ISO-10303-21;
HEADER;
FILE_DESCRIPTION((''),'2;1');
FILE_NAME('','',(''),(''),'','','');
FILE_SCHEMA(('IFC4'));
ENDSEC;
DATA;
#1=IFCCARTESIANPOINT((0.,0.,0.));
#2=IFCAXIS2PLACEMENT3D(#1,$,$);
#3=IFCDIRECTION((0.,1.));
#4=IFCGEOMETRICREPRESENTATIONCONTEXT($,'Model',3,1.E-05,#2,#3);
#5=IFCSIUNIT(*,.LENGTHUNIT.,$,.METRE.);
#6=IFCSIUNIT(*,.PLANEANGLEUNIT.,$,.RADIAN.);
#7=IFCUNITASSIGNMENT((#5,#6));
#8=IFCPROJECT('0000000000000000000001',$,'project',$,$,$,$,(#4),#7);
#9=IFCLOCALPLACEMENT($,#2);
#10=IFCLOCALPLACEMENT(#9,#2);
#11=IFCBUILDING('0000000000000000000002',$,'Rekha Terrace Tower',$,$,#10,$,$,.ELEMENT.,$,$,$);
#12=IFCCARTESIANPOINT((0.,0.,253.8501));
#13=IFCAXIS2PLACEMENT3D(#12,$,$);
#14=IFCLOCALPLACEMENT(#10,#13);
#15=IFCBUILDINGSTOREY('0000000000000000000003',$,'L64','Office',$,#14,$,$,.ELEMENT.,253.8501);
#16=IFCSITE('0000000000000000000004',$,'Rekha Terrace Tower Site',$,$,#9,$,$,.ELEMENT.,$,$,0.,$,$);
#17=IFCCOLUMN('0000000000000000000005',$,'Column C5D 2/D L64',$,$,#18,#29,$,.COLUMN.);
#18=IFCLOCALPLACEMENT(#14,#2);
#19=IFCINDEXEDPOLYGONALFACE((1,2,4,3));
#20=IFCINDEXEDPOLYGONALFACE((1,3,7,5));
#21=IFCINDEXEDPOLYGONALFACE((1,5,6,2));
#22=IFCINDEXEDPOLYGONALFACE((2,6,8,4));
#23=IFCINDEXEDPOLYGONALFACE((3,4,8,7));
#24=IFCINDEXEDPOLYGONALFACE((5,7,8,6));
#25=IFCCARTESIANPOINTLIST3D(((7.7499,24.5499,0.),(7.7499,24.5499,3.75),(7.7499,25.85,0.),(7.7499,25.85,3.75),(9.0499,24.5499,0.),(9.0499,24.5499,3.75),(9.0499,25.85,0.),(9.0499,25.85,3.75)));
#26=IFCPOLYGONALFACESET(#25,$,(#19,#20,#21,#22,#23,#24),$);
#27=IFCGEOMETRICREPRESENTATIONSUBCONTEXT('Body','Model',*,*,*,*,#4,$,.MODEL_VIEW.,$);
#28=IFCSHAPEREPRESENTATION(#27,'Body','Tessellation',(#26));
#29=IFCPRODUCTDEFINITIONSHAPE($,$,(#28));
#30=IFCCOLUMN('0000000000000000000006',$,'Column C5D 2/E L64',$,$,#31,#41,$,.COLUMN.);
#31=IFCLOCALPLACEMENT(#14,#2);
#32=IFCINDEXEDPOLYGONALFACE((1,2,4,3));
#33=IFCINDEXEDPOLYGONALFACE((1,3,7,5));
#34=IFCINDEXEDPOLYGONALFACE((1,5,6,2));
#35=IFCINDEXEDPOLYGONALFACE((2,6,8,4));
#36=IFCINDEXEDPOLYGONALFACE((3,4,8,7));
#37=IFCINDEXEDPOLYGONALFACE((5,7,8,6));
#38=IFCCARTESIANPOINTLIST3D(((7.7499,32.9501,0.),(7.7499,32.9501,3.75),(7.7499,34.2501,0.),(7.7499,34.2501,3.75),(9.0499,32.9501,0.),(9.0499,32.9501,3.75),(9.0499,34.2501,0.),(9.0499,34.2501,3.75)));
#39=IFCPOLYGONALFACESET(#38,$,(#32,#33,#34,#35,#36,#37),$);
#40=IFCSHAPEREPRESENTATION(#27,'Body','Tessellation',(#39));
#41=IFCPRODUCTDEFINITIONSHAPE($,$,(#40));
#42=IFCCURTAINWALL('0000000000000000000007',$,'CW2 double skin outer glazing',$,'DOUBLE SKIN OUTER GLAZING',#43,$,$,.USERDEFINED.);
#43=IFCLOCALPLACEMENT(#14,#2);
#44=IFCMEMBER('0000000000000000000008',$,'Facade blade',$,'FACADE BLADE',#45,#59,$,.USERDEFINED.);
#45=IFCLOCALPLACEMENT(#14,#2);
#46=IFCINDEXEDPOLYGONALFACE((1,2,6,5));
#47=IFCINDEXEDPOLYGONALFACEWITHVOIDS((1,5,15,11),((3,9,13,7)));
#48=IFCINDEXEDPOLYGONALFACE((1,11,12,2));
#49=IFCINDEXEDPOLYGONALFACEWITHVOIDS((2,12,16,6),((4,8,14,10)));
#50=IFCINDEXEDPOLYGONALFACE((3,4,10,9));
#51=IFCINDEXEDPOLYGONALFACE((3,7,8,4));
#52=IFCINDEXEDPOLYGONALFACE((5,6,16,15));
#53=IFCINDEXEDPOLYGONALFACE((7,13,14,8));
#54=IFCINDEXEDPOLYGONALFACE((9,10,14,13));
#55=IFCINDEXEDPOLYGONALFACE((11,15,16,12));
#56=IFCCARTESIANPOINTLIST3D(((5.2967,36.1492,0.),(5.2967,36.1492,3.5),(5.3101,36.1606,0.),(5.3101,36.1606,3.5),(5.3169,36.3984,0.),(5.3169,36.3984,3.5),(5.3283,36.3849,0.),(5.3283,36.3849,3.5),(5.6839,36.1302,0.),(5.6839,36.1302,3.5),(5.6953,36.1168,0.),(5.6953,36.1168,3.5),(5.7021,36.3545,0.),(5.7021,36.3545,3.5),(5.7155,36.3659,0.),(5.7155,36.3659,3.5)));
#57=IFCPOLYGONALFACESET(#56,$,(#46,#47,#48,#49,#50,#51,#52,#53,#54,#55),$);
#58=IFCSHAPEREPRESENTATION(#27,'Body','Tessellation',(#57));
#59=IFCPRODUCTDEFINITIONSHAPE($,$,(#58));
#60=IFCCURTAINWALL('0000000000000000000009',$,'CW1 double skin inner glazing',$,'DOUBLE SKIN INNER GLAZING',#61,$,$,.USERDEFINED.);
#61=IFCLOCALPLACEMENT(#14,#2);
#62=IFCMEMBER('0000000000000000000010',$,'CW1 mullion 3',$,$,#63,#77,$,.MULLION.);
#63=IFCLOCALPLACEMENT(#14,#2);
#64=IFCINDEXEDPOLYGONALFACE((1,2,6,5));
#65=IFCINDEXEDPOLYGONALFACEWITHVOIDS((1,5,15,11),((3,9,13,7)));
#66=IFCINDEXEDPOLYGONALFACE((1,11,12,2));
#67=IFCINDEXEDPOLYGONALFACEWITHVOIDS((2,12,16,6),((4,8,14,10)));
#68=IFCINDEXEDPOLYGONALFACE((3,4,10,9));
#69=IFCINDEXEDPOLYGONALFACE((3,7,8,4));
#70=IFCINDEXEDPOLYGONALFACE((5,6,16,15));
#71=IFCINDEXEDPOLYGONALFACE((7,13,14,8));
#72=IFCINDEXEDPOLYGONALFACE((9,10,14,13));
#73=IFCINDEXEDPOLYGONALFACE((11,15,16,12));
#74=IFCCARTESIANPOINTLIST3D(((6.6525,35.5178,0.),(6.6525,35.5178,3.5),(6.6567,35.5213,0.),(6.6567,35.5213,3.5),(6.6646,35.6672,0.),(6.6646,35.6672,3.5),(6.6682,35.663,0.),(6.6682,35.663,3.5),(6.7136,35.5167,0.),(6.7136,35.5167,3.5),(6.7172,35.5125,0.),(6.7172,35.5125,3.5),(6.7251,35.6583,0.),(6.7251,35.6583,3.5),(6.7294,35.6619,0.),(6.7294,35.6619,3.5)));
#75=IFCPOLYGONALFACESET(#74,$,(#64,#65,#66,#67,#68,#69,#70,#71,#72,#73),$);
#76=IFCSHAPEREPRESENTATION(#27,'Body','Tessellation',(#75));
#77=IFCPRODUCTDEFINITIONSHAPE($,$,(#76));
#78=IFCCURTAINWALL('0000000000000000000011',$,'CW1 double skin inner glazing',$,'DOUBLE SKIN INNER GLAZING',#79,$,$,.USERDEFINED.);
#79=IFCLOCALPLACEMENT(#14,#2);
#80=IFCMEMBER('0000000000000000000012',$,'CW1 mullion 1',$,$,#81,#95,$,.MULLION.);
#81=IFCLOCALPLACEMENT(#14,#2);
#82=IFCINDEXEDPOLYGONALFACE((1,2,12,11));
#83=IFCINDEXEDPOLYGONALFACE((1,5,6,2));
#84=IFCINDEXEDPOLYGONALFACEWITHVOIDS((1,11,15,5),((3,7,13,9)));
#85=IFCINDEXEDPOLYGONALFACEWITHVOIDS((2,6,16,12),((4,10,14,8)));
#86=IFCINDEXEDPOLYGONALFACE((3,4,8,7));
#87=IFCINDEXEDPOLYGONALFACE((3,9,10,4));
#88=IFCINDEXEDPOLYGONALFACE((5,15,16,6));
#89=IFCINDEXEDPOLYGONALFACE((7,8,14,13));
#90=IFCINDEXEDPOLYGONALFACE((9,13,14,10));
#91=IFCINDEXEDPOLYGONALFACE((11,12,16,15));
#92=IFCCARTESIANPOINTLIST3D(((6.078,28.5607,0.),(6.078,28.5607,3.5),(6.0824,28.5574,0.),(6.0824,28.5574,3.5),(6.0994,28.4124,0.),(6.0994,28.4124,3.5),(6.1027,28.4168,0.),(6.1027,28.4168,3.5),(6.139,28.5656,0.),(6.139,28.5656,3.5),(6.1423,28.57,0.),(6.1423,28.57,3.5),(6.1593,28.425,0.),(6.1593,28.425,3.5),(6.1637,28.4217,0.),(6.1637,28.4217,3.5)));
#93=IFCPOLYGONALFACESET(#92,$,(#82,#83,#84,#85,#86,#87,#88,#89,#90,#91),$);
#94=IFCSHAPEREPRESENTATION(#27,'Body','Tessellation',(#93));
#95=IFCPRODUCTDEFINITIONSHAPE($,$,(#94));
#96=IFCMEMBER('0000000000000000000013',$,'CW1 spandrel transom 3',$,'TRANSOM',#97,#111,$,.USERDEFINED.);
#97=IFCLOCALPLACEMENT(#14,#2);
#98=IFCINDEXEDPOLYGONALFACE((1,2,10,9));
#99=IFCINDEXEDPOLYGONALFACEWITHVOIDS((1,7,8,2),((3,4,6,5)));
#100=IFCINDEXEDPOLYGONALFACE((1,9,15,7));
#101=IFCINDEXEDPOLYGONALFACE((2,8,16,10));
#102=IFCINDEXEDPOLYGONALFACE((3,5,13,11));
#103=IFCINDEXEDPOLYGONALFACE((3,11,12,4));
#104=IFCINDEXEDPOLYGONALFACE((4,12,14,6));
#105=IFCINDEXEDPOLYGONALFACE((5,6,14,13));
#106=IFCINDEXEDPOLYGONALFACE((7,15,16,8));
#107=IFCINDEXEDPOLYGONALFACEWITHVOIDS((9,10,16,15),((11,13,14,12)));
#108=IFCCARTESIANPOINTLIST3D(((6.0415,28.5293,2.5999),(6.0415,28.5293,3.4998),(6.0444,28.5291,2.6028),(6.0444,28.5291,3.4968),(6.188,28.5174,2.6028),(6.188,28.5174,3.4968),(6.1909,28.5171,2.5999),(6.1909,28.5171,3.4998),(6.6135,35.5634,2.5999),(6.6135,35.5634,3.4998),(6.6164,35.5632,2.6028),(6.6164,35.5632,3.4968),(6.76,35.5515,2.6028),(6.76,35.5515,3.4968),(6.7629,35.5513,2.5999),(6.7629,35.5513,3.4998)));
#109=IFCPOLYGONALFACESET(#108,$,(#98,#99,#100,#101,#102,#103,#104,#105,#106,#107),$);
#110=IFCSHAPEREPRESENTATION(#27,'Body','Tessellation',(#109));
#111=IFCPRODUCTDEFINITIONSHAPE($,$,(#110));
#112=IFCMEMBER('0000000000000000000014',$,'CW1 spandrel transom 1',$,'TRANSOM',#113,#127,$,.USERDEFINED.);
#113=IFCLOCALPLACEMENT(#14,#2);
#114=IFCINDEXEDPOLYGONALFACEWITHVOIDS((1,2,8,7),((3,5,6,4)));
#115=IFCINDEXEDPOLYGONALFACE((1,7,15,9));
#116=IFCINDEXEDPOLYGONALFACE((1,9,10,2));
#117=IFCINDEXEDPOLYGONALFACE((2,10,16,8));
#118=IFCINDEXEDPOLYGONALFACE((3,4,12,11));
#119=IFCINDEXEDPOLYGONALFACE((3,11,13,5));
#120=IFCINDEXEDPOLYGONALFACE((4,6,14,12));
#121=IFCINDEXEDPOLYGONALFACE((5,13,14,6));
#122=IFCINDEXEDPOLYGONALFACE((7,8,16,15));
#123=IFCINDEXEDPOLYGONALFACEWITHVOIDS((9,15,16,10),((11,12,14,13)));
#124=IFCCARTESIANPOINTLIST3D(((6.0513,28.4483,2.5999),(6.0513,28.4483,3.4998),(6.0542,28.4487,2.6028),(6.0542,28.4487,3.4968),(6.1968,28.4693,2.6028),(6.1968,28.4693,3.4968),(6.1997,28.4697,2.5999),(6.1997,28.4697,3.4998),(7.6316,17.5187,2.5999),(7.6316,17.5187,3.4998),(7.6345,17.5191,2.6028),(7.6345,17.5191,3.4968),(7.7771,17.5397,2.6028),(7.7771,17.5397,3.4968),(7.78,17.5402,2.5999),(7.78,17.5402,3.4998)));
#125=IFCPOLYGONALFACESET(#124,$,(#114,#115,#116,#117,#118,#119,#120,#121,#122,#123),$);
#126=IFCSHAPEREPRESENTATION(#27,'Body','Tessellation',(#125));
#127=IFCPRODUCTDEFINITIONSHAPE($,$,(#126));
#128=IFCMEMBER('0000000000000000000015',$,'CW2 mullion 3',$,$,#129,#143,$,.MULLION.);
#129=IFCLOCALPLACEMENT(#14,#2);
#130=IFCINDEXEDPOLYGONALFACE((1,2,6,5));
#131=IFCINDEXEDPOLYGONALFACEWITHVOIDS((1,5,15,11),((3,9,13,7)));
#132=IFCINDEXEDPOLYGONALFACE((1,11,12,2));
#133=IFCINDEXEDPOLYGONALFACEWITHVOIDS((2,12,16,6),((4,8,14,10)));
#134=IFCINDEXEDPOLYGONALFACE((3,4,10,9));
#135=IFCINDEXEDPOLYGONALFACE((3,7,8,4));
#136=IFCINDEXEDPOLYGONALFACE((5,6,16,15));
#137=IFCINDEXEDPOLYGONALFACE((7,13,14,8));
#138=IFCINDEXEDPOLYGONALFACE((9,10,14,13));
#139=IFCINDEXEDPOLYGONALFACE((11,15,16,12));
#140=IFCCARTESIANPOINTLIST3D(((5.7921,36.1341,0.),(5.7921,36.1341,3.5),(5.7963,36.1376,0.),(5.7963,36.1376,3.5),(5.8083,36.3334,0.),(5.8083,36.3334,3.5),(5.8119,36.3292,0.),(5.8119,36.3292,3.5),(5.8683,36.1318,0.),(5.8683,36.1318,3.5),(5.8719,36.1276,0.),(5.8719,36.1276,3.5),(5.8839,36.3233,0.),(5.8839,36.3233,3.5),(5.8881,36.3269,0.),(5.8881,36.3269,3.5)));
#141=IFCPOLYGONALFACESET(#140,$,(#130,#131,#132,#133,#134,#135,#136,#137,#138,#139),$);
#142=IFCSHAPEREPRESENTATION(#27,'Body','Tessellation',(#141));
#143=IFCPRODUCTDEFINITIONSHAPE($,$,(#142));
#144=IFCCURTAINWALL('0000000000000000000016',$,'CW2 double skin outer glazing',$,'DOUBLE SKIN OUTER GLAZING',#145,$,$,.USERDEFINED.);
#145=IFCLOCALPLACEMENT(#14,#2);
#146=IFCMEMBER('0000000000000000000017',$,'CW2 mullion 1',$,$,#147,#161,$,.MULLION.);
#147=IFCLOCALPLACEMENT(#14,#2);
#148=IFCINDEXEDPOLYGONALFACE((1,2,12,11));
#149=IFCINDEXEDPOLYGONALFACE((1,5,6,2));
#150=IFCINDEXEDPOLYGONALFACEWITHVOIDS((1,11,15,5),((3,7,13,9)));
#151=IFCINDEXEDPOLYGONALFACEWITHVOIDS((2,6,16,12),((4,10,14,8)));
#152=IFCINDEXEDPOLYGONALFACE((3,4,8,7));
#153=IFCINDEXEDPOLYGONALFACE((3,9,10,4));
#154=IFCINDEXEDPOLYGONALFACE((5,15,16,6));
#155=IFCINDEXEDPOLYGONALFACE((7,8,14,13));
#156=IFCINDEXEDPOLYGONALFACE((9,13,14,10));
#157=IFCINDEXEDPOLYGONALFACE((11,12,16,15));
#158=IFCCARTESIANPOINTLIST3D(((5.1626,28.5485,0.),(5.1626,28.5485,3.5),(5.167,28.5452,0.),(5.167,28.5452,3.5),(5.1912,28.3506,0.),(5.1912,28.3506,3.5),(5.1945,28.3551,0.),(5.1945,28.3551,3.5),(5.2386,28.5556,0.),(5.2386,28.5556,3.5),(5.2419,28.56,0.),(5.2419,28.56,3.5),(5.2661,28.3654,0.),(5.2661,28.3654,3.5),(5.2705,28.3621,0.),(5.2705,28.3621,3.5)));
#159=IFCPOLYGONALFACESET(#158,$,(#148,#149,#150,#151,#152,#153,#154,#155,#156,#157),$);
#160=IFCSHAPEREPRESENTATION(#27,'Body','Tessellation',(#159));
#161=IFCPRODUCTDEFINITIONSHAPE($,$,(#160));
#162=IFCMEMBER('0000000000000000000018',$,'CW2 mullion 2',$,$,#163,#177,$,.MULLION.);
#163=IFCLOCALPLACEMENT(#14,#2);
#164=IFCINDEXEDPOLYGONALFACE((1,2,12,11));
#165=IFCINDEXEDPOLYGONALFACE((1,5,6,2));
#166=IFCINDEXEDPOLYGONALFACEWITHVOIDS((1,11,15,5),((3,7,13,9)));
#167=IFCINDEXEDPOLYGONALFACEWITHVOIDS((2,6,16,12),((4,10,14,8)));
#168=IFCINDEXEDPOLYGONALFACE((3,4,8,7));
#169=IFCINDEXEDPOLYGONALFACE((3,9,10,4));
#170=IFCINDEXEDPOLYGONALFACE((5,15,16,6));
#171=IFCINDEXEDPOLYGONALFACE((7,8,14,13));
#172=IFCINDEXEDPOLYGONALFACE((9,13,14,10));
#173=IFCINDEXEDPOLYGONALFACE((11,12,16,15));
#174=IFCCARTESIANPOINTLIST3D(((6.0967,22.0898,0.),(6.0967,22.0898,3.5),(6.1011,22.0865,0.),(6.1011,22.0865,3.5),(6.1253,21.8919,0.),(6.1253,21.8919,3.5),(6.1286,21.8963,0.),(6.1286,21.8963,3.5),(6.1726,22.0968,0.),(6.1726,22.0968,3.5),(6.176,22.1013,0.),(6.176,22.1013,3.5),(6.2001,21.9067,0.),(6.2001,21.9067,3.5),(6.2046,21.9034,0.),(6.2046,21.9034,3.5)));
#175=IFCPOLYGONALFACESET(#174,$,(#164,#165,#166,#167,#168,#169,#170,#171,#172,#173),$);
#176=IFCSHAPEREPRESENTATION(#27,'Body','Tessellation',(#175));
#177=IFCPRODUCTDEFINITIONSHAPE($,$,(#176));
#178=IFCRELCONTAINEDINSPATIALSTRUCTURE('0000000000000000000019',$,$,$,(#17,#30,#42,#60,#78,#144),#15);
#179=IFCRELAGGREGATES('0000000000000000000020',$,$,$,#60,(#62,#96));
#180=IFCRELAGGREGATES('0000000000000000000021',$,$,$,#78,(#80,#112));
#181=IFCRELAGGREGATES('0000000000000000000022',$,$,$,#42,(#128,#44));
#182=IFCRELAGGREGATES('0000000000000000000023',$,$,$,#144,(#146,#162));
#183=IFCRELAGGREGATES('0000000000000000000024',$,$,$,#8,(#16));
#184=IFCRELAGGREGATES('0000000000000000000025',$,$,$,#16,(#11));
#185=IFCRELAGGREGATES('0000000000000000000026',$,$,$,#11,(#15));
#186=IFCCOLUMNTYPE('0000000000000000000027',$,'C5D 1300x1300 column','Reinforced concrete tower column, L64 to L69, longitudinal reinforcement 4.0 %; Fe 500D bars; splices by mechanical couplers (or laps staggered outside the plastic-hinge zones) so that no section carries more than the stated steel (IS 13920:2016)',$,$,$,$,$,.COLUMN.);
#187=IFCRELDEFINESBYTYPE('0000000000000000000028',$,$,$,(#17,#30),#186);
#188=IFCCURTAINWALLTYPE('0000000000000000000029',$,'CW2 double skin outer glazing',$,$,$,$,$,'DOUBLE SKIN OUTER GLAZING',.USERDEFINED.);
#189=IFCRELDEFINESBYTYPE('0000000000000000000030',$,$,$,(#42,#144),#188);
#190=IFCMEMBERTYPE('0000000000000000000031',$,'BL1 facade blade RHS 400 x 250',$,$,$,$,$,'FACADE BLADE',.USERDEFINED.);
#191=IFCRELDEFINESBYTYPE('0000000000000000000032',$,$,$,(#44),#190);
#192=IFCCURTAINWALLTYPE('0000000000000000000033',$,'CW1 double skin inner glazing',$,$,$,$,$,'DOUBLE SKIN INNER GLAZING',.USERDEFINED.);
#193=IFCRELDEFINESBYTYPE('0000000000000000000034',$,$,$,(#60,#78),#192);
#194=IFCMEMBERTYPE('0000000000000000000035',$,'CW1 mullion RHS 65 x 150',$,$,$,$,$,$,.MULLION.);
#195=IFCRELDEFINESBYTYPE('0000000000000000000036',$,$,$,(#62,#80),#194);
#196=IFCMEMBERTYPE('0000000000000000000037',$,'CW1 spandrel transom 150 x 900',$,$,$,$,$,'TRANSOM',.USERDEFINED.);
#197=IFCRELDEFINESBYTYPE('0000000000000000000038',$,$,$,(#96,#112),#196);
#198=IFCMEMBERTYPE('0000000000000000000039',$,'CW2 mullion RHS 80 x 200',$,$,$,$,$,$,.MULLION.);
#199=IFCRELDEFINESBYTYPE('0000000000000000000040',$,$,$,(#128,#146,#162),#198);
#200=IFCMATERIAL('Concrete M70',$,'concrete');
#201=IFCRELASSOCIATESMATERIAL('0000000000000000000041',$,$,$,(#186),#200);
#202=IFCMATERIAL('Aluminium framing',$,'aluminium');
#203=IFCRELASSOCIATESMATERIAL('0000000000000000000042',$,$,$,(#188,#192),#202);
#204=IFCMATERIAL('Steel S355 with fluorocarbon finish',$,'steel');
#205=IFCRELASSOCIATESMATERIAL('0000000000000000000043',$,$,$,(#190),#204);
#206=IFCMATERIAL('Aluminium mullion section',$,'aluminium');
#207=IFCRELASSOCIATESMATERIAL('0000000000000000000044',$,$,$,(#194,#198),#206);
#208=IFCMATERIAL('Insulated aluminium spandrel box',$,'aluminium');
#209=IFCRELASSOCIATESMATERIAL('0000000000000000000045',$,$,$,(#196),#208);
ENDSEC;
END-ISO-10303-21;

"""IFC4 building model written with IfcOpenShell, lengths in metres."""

from ifc_helpers import new_model, si_unit, direction, frame, origin, origin_2d, place, context, subcontext, project, spatial, rectangle, hollow_rectangle, extrude, material, material_profile, profile_set, type_object, element, aggregate, save


model = new_model("IFC4")

# Units and contexts
model_context = context("Model", 3, precision=1e-05, world=origin(), true_north=direction((0.0, 1.0)))
body_context = subcontext(model_context, "Body", "Model", "MODEL_VIEW")
ifc_project = project(units=[si_unit("LENGTHUNIT", "METRE"), si_unit("PLANEANGLEUNIT", "RADIAN")], contexts=[model_context])

# Site, building, storey
site_placement = place(None, origin())
site = spatial("IfcSite", under=ifc_project, at=site_placement, Name="Rekha Terrace Tower Site", CompositionType="ELEMENT", RefElevation=0.0)
building_placement = place(site_placement, origin())
building = spatial("IfcBuilding", under=site, at=building_placement, Name="Rekha Terrace Tower", CompositionType="ELEMENT")
storey_placement = place(building_placement, frame((0.0, 0.0, 253.8501)))
storey = spatial("IfcBuildingStorey", under=building, at=storey_placement, Name="L64", Description="Office", CompositionType="ELEMENT", Elevation=253.8501)

# Columns
ifc_material_1 = material(Name="Concrete M70", Category="concrete")
ifc_material_profile_1 = material_profile(ifc_material_1, rectangle(XDim=1.3, YDim=1.3, at=origin_2d()), Name="RC 1300x1300")
ifc_profile_set_1 = profile_set([ifc_material_profile_1], Name="Concrete M70")
column_type = type_object("IfcColumnType", Name="C5D 1300x1300 column", Description="Reinforced concrete tower column, L64 to L69, longitudinal reinforcement 4.0 %; Fe 500D bars; splices by mechanical couplers (or laps staggered outside the plastic-hinge zones) so that no section carries more than the stated steel (IS 13920:2016)", PredefinedType="COLUMN", material=ifc_profile_set_1)
for number, where, z_axis, x_axis, name in (
    (1, (8.3999, 25.2, 0.0), (0.0, 0.0, 1.0), (1.0, 0.0, 0.0), "Column C5D 2/D L64"),
    (2, (8.3999, 33.6001, 0.0), (0.0, 0.0, 1.0), (1.0, 0.0, 0.0), "Column C5D 2/E L64"),
):
    element("IfcColumn", number, at=place(storey_placement, frame(where, z_axis=z_axis, x_axis=x_axis)), inside=storey, type_object=column_type, Name=name, PredefinedType="COLUMN", context=body_context, shape_type="SweptSolid", body=[
        extrude(rectangle(XDim=1.3, YDim=1.3, at=origin_2d()), origin(), (0.0, 0.0, 1.0), 3.75),
    ])

# Curtain walls, members
ifc_material_2 = material(Name="Aluminium framing", Category="aluminium")
curtain_wall_type_1 = type_object("IfcCurtainWallType", Name="CW2 double skin outer glazing", ElementType="DOUBLE SKIN OUTER GLAZING", PredefinedType="USERDEFINED", material=ifc_material_2)
curtain_wall_1_placement = place(storey_placement, origin())
curtain_wall_1 = element("IfcCurtainWall", 3, at=curtain_wall_1_placement, inside=storey, type_object=curtain_wall_type_1, Name="CW2 double skin outer glazing", ObjectType="DOUBLE SKIN OUTER GLAZING", PredefinedType="USERDEFINED")
ifc_material_3 = material(Name="Steel S355 with fluorocarbon finish", Category="steel")
ifc_material_profile_2 = material_profile(ifc_material_3, hollow_rectangle(XDim=0.25, YDim=0.3999, WallThickness=0.0125, at=origin_2d()), Name="RHS400x250x12.5")
ifc_profile_set_2 = profile_set([ifc_material_profile_2], Name="Steel S355 with fluorocarbon finish")
member_type_1 = type_object("IfcMemberType", Name="BL1 facade blade RHS 400 x 250", ElementType="FACADE BLADE", PredefinedType="USERDEFINED", material=ifc_profile_set_2)
member_1_placement = place(storey_placement, frame((5.5061, 36.2576, 0.0), z_axis=(0.0, 0.0, 1.0), x_axis=(-0.081069, -0.996709, 0.0)))
member_1 = element("IfcMember", 4, at=member_1_placement, type_object=member_type_1, Name="Facade blade", ObjectType="FACADE BLADE", PredefinedType="USERDEFINED", context=body_context, shape_type="SweptSolid", body=[
    extrude(hollow_rectangle(XDim=0.25, YDim=0.3999, WallThickness=0.0125, at=origin_2d()), origin(), (0.0, 0.0, 1.0), 3.5),
])
curtain_wall_type_2 = type_object("IfcCurtainWallType", Name="CW1 double skin inner glazing", ElementType="DOUBLE SKIN INNER GLAZING", PredefinedType="USERDEFINED", material=ifc_material_2)
curtain_wall_2_placement = place(storey_placement, origin())
curtain_wall_2 = element("IfcCurtainWall", 5, at=curtain_wall_2_placement, inside=storey, type_object=curtain_wall_type_2, Name="CW1 double skin inner glazing", ObjectType="DOUBLE SKIN INNER GLAZING", PredefinedType="USERDEFINED")
ifc_material_4 = material(Name="Aluminium mullion section", Category="aluminium")
ifc_material_profile_3 = material_profile(ifc_material_4, hollow_rectangle(XDim=0.0649, YDim=0.1499, WallThickness=0.0039, at=origin_2d()), Name="AL RHS 65x150")
ifc_profile_set_3 = profile_set([ifc_material_profile_3], Name="Aluminium mullion section")
member_type_2 = type_object("IfcMemberType", Name="CW1 mullion RHS 65 x 150", PredefinedType="MULLION", material=ifc_profile_set_3)
member_2_placement = place(storey_placement, frame((6.6909, 35.5898, 0.0), z_axis=(0.0, 0.0, 1.0), x_axis=(0.996709, -0.081068, 0.0)))
member_2 = element("IfcMember", 6, at=member_2_placement, type_object=member_type_2, Name="CW1 mullion 3", PredefinedType="MULLION", context=body_context, shape_type="SweptSolid", body=[
    extrude(hollow_rectangle(XDim=0.0649, YDim=0.1499, WallThickness=0.0039, at=origin_2d()), origin(), (0.0, 0.0, 1.0), 3.5),
])
curtain_wall_3_placement = place(storey_placement, origin())
curtain_wall_3 = element("IfcCurtainWall", 7, at=curtain_wall_3_placement, inside=storey, type_object=curtain_wall_type_2, Name="CW1 double skin inner glazing", ObjectType="DOUBLE SKIN INNER GLAZING", PredefinedType="USERDEFINED")
member_3_placement = place(storey_placement, frame((6.1208, 28.4912, 0.0), z_axis=(0.0, 0.0, 1.0), x_axis=(0.989707, 0.143108, 0.0)))
member_3 = element("IfcMember", 8, at=member_3_placement, type_object=member_type_2, Name="CW1 mullion 1", PredefinedType="MULLION", context=body_context, shape_type="SweptSolid", body=[
    extrude(hollow_rectangle(XDim=0.0649, YDim=0.1499, WallThickness=0.0039, at=origin_2d()), origin(), (0.0, 0.0, 1.0), 3.5),
])

# Members
ifc_material_5 = material(Name="Insulated aluminium spandrel box", Category="aluminium")
ifc_material_profile_4 = material_profile(ifc_material_5, hollow_rectangle(XDim=0.1499, YDim=0.8999, WallThickness=0.0029, at=origin_2d()), Name="AL SPANDREL BOX 150x900")
ifc_profile_set_4 = profile_set([ifc_material_profile_4], Name="Insulated aluminium spandrel box")
member_type_3 = type_object("IfcMemberType", Name="CW1 spandrel transom 150 x 900", ElementType="TRANSOM", PredefinedType="USERDEFINED", material=ifc_profile_set_4)
member_4_placement = place(storey_placement, frame((6.6882, 35.5574, 3.0498), z_axis=(-0.081053, -0.99671, 0.0), x_axis=(0.99671, -0.081053, 0.0)))
member_4 = element("IfcMember", 9, at=member_4_placement, type_object=member_type_3, Name="CW1 spandrel transom 3", ObjectType="TRANSOM", PredefinedType="USERDEFINED", context=body_context, shape_type="SweptSolid", body=[
    extrude(hollow_rectangle(XDim=0.1499, YDim=0.8999, WallThickness=0.0029, at=origin_2d()), origin(), (0.0, 0.0, 1.0), 7.0574),
])
member_5_placement = place(storey_placement, frame((6.1255, 28.459, 3.0498), z_axis=(0.143105, -0.989708, 0.0), x_axis=(0.989708, 0.143105, 0.0)))
member_5 = element("IfcMember", 10, at=member_5_placement, type_object=member_type_3, Name="CW1 spandrel transom 1", ObjectType="TRANSOM", PredefinedType="USERDEFINED", context=body_context, shape_type="SweptSolid", body=[
    extrude(hollow_rectangle(XDim=0.1499, YDim=0.8999, WallThickness=0.0029, at=origin_2d()), origin(), (0.0, 0.0, 1.0), 11.0432),
])
ifc_material_profile_5 = material_profile(ifc_material_4, hollow_rectangle(XDim=0.0801, YDim=0.2, WallThickness=0.0039, at=origin_2d()), Name="AL RHS 80x200")
ifc_profile_set_5 = profile_set([ifc_material_profile_5], Name="Aluminium mullion section")
member_type_4 = type_object("IfcMemberType", Name="CW2 mullion RHS 80 x 200", PredefinedType="MULLION", material=ifc_profile_set_5)
member_6_placement = place(storey_placement, frame((5.8401, 36.2305, 0.0), z_axis=(0.0, 0.0, 1.0), x_axis=(0.996709, -0.081068, 0.0)))
member_6 = element("IfcMember", 11, at=member_6_placement, type_object=member_type_4, Name="CW2 mullion 3", PredefinedType="MULLION", context=body_context, shape_type="SweptSolid", body=[
    extrude(hollow_rectangle(XDim=0.0801, YDim=0.2, WallThickness=0.0039, at=origin_2d()), origin(), (0.0, 0.0, 1.0), 3.5),
])

# Curtain wall, members
curtain_wall_4_placement = place(storey_placement, origin())
curtain_wall_4 = element("IfcCurtainWall", 12, at=curtain_wall_4_placement, inside=storey, type_object=curtain_wall_type_1, Name="CW2 double skin outer glazing", ObjectType="DOUBLE SKIN OUTER GLAZING", PredefinedType="USERDEFINED")
member_7_placement = place(storey_placement, frame((5.2166, 28.4553, 0.0), z_axis=(0.0, 0.0, 1.0), x_axis=(0.989707, 0.143108, 0.0)))
member_7 = element("IfcMember", 13, at=member_7_placement, type_object=member_type_4, Name="CW2 mullion 1", PredefinedType="MULLION", context=body_context, shape_type="SweptSolid", body=[
    extrude(hollow_rectangle(XDim=0.0801, YDim=0.2, WallThickness=0.0039, at=origin_2d()), origin(), (0.0, 0.0, 1.0), 3.5),
])
member_8_placement = place(storey_placement, frame((6.1506, 21.9966, 0.0), z_axis=(0.0, 0.0, 1.0), x_axis=(0.989707, 0.143108, 0.0)))
member_8 = element("IfcMember", 14, at=member_8_placement, type_object=member_type_4, Name="CW2 mullion 2", PredefinedType="MULLION", context=body_context, shape_type="SweptSolid", body=[
    extrude(hollow_rectangle(XDim=0.0801, YDim=0.2, WallThickness=0.0039, at=origin_2d()), origin(), (0.0, 0.0, 1.0), 3.5),
])

aggregate(curtain_wall_2, [member_2, member_4])
aggregate(curtain_wall_3, [member_3, member_5])
aggregate(curtain_wall_1, [member_6, member_1])
aggregate(curtain_wall_4, [member_7, member_8])

save(model, "model.ifc")
